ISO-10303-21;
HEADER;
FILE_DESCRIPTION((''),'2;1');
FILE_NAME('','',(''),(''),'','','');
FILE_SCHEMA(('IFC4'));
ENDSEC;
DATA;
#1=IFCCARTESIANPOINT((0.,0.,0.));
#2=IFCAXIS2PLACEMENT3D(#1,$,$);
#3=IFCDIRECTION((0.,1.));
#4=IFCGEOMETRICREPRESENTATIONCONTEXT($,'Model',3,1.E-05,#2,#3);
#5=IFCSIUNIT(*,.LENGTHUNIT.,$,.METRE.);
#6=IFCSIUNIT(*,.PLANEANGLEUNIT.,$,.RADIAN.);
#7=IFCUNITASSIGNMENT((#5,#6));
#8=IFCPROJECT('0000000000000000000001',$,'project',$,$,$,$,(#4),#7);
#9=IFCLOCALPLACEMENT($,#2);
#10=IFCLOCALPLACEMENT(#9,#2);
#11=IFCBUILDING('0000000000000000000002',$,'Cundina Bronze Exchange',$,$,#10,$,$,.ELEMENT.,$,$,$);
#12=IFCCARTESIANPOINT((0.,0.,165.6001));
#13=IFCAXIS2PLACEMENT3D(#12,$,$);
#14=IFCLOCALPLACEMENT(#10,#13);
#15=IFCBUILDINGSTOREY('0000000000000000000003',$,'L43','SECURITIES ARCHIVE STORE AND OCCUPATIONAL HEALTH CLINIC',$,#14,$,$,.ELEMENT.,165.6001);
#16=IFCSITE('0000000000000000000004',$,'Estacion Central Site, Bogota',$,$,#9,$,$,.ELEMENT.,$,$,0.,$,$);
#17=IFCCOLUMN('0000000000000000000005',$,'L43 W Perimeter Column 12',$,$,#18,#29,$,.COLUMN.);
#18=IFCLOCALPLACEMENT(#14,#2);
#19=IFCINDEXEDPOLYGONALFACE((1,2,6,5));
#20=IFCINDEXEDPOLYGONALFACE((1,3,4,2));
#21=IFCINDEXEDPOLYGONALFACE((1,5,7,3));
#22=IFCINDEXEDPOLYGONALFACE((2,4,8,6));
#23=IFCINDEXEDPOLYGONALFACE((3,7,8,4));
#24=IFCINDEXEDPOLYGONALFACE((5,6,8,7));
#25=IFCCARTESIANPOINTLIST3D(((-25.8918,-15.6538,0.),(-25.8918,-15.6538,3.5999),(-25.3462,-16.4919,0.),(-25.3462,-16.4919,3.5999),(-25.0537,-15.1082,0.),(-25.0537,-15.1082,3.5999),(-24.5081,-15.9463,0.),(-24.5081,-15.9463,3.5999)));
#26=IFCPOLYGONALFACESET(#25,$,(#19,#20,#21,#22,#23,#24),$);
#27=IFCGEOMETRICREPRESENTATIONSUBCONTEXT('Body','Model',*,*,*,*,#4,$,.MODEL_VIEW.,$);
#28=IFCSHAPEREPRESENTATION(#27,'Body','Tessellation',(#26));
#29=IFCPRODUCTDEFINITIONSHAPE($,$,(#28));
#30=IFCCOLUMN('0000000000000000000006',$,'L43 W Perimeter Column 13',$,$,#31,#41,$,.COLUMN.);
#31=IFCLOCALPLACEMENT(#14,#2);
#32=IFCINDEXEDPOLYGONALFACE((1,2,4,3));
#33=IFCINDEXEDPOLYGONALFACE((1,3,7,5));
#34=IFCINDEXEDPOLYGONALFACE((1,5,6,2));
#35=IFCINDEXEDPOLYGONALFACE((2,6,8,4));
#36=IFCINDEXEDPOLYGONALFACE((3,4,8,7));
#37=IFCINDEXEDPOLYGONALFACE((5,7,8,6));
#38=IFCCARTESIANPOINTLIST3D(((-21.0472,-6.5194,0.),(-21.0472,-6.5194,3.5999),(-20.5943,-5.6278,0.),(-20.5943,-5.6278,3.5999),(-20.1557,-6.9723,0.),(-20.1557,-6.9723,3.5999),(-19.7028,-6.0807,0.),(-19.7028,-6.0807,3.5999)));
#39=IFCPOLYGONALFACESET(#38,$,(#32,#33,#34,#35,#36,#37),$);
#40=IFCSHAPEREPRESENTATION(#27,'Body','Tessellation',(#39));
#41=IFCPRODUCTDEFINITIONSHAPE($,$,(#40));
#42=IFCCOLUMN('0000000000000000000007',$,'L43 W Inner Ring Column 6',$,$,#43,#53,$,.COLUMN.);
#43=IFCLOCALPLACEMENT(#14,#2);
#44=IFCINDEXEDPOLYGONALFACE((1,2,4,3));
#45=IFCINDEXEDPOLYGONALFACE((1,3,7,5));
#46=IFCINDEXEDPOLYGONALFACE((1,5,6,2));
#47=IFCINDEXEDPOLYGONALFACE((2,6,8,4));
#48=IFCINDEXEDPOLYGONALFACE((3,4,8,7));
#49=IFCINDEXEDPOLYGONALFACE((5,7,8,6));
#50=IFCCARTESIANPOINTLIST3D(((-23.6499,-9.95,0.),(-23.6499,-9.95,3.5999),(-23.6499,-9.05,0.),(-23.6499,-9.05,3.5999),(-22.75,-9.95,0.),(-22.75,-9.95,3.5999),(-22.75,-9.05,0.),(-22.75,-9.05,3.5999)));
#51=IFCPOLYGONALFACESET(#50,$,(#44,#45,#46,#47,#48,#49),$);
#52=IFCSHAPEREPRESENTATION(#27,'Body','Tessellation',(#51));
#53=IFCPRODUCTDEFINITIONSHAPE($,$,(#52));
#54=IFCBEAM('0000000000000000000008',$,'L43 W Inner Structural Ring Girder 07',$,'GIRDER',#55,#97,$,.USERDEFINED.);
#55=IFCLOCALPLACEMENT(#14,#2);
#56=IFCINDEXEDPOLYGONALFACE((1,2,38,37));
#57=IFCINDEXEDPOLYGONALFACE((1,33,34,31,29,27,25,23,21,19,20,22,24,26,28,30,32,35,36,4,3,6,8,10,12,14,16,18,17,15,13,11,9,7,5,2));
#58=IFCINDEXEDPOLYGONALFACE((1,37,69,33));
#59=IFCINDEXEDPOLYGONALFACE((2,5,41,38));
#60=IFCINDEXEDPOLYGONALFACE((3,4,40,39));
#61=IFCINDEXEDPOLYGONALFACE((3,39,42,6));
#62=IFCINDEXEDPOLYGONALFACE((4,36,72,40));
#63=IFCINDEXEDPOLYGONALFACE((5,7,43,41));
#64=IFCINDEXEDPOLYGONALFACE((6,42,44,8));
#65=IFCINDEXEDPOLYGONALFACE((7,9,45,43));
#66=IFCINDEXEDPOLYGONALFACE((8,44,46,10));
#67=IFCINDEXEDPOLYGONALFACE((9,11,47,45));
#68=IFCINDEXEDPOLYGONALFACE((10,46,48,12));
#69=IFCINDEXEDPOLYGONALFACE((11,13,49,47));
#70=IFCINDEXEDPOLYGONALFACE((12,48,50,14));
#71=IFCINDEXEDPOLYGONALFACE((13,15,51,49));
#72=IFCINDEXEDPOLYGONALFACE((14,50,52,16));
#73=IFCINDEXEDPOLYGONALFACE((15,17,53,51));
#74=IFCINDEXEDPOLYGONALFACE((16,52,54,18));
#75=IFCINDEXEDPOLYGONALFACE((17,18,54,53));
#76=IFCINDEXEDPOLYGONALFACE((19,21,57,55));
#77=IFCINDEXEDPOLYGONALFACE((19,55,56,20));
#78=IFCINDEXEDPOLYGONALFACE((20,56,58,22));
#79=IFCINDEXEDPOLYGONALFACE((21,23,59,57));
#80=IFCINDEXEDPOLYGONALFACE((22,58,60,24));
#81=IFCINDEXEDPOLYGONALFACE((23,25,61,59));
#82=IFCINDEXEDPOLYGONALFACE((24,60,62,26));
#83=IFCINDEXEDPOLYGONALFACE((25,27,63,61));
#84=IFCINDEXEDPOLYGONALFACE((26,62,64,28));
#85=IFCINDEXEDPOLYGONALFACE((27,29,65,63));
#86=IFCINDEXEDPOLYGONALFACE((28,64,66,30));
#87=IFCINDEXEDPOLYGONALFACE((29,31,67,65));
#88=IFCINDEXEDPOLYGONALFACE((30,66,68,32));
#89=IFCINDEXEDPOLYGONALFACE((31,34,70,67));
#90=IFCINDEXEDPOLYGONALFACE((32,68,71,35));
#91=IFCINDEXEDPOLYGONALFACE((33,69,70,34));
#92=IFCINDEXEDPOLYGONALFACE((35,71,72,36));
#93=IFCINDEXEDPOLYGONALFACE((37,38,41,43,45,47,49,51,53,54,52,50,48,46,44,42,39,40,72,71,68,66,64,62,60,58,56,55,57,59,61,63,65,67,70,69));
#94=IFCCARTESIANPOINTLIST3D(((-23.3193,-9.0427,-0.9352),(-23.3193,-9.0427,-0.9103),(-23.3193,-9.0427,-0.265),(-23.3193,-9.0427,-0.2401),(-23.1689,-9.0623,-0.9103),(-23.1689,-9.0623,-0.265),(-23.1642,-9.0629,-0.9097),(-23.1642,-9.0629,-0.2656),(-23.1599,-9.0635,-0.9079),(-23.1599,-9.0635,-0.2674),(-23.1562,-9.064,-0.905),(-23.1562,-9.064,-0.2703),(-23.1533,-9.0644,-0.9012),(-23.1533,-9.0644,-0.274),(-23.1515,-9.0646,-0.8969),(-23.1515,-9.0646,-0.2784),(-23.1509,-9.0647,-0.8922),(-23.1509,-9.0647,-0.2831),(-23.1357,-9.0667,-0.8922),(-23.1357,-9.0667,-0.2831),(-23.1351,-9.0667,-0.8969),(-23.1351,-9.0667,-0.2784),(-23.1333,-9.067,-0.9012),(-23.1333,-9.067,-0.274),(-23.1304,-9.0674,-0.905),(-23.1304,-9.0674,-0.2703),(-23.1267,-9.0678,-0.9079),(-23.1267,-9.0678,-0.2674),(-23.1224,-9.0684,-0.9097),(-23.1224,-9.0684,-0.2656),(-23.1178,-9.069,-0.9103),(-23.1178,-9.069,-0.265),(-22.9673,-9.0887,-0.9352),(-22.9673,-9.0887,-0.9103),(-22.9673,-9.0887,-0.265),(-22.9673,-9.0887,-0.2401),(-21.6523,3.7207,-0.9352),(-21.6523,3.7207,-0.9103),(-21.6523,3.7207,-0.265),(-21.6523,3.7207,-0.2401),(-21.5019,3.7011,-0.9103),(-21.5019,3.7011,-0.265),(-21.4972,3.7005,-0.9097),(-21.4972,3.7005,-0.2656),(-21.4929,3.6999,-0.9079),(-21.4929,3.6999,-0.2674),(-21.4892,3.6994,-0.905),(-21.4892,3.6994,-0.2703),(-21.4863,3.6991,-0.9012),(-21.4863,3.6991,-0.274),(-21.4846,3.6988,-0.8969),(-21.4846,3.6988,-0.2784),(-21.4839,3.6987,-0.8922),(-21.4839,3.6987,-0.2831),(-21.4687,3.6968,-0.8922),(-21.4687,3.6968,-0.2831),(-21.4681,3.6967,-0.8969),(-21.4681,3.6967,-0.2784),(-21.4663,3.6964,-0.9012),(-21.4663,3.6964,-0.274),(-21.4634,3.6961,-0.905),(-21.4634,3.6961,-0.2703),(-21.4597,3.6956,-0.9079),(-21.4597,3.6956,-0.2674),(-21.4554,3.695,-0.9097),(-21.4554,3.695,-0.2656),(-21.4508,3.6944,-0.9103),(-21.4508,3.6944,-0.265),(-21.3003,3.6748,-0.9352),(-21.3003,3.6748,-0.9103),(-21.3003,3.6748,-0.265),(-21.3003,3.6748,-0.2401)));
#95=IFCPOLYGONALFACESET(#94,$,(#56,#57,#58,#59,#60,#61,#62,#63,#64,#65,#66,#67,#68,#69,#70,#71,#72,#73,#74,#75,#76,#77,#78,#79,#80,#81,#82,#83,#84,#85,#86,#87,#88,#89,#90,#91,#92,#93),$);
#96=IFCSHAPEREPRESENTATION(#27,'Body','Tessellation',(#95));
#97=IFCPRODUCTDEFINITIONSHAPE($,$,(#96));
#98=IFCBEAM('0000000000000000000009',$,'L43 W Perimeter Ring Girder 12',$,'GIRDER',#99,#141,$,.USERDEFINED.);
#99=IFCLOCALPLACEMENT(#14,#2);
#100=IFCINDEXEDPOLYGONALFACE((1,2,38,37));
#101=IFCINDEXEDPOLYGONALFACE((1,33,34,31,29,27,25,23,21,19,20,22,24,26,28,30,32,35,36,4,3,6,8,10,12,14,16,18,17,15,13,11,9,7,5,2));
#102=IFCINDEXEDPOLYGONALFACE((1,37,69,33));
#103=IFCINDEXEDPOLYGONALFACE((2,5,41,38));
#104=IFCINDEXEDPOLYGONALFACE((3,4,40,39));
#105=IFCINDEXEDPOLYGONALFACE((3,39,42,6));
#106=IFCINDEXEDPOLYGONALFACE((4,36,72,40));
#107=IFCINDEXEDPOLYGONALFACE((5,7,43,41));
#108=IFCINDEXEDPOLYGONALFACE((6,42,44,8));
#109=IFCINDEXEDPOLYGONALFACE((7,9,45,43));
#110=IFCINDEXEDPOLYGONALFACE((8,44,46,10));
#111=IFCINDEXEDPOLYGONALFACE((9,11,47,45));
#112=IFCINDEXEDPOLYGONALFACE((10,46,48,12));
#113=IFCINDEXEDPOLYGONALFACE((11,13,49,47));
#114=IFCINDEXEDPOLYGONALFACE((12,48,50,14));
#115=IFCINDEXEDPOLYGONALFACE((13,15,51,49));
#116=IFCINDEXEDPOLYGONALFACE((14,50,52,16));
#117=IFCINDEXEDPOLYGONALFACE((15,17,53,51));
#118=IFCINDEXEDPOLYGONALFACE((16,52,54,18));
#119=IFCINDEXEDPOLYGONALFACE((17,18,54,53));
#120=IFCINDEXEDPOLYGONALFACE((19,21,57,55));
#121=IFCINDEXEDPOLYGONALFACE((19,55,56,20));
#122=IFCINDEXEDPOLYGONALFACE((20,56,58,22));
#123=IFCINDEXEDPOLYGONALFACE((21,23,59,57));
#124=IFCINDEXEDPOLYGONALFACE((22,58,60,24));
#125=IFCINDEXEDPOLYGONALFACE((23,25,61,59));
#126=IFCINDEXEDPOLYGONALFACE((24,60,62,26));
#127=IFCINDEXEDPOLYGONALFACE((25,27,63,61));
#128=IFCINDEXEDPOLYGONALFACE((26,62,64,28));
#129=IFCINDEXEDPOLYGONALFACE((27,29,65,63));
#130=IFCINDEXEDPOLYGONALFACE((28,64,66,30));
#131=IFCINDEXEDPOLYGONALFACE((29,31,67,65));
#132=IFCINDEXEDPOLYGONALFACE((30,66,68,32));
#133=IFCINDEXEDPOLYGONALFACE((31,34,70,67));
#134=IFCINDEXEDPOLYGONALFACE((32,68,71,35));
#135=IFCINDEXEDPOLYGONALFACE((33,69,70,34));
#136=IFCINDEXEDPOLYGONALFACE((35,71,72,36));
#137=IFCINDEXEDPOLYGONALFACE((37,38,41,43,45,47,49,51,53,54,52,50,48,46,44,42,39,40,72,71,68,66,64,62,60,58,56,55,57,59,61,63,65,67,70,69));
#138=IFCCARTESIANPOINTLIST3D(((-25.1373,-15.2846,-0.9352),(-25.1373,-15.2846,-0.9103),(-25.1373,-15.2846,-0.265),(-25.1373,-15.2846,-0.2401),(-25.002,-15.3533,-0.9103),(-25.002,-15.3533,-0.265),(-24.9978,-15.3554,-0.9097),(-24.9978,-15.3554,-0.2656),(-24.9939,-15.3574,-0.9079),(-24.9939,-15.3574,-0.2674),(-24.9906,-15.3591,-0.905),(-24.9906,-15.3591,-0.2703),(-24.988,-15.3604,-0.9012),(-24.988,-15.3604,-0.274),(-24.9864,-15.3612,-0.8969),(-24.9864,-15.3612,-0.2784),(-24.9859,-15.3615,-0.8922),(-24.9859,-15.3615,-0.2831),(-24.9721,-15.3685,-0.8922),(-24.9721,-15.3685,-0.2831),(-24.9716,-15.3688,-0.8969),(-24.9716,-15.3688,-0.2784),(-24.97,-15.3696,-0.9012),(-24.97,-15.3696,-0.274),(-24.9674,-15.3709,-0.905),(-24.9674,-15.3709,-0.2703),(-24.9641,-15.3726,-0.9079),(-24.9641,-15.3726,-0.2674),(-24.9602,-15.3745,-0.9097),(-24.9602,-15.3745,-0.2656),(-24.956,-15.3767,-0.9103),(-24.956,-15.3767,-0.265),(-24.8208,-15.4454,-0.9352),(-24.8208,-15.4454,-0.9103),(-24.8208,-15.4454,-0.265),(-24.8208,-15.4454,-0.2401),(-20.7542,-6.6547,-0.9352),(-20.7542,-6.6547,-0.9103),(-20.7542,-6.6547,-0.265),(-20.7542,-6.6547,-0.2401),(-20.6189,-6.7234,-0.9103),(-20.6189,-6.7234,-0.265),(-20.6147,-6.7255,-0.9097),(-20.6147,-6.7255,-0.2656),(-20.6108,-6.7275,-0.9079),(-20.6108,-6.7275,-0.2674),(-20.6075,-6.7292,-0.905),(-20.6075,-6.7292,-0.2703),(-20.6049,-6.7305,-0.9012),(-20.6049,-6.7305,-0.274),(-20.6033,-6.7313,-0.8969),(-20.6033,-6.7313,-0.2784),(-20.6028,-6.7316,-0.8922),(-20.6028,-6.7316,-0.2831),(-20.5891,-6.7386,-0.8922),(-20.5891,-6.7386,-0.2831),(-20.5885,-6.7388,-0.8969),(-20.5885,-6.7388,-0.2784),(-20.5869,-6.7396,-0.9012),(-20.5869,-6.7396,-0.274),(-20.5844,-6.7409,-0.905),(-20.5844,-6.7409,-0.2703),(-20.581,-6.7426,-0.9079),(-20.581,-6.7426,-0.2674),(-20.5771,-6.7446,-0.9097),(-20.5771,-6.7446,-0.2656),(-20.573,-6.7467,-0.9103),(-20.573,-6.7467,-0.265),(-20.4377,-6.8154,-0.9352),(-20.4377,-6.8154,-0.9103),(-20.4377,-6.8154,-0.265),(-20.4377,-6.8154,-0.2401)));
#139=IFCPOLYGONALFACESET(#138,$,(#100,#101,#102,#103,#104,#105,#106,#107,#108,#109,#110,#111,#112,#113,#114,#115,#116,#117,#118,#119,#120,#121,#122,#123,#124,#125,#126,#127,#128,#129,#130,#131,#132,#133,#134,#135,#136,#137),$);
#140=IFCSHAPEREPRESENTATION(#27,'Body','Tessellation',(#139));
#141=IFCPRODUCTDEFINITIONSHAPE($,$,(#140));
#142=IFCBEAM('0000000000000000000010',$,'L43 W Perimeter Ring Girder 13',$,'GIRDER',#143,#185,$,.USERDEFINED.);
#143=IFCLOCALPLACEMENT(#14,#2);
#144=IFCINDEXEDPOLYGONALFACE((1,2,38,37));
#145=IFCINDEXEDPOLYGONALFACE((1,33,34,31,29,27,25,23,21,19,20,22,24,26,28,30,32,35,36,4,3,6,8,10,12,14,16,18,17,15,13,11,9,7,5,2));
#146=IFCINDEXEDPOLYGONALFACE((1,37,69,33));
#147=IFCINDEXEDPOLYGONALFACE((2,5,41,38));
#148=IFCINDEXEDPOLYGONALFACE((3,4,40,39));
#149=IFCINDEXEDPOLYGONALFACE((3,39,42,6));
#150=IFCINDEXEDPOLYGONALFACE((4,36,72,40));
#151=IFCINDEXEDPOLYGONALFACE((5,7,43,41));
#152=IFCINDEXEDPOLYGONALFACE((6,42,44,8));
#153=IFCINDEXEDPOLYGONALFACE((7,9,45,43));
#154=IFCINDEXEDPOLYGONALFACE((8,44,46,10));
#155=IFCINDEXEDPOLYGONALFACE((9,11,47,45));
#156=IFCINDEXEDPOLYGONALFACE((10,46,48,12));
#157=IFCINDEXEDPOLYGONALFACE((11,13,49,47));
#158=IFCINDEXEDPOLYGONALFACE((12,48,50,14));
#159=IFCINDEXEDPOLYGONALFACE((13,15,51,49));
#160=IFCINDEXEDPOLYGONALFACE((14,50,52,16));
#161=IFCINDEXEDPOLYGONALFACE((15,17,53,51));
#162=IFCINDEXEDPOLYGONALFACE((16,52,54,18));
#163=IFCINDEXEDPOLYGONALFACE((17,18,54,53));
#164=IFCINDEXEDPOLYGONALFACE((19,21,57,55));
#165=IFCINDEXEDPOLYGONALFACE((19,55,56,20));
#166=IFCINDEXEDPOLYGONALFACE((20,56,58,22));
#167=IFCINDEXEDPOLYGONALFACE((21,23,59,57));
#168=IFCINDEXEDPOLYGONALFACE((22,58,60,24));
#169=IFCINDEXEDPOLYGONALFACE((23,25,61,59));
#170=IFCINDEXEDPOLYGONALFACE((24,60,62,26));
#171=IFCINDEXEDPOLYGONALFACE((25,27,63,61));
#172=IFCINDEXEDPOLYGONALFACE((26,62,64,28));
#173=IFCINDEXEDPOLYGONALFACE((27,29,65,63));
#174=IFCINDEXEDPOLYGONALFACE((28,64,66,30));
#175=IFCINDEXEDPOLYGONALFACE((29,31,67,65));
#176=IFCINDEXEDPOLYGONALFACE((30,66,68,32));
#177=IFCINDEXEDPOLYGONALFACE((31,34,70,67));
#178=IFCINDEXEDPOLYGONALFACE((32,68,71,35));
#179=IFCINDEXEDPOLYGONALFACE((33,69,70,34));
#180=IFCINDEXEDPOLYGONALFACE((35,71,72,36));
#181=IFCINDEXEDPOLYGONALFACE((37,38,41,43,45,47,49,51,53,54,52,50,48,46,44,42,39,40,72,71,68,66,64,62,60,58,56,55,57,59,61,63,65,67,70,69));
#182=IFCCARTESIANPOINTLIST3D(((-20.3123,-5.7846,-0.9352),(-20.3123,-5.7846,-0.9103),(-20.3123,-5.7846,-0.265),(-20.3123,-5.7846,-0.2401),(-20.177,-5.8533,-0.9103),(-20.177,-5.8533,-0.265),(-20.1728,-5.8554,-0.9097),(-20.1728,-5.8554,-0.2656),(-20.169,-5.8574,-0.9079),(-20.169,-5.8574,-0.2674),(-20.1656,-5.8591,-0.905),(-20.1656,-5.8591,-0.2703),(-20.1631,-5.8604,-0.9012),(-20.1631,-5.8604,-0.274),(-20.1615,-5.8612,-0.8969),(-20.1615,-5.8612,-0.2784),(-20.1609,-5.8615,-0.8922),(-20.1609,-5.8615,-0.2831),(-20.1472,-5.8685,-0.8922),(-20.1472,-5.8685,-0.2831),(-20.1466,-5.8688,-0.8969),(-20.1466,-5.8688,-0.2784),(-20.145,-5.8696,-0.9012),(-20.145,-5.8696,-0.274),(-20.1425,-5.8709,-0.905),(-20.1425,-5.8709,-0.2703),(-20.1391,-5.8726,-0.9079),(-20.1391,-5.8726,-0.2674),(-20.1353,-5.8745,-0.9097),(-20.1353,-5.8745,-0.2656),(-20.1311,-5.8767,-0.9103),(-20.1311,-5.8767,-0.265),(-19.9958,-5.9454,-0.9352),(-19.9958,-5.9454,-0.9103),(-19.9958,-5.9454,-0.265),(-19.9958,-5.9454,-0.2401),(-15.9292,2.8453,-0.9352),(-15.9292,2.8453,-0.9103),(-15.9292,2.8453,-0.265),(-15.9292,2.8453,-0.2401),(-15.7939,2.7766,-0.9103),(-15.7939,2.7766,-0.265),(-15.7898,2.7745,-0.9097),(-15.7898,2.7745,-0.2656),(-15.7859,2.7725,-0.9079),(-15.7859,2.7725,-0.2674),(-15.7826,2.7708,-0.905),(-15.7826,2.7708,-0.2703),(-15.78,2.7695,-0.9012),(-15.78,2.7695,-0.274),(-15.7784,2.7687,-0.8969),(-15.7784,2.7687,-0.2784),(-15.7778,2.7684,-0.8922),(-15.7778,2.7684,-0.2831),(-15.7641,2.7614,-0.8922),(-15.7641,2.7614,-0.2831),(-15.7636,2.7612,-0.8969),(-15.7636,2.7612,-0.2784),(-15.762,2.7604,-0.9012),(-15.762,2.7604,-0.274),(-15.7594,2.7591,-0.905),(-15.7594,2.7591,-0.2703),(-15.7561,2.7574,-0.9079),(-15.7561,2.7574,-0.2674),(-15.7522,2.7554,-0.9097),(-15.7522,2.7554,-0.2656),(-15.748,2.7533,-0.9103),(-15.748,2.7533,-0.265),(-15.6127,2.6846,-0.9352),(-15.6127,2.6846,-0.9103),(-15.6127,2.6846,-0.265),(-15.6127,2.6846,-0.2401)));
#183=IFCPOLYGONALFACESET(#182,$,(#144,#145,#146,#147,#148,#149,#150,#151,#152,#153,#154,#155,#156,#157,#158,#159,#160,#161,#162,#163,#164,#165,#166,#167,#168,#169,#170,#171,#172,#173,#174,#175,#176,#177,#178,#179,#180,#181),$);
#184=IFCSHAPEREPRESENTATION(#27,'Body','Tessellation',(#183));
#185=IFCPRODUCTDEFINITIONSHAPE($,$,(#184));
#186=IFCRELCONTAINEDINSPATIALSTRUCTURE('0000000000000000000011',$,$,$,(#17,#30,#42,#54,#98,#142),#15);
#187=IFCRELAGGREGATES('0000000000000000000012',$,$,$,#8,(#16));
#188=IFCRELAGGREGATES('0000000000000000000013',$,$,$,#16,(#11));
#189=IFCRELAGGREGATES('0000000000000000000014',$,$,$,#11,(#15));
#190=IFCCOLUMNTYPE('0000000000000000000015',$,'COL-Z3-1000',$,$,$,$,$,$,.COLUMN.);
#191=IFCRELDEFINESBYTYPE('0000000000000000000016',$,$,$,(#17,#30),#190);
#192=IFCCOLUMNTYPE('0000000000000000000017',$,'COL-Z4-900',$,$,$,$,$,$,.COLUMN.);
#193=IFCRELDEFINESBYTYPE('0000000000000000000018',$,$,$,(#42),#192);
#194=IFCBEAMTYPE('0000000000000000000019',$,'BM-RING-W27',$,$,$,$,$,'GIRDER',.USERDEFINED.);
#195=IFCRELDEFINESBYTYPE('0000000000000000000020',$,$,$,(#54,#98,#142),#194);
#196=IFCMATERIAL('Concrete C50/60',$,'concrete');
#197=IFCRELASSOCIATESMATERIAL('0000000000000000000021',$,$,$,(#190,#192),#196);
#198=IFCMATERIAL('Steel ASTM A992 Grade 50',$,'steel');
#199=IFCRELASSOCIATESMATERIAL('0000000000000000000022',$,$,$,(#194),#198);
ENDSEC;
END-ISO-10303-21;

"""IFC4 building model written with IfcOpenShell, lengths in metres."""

from ifc_helpers import new_model, si_unit, direction, frame, origin, origin_2d, place, context, subcontext, project, spatial, rectangle, i_section, extrude, material, material_profile, profile_set, type_object, element, save


model = new_model("IFC4")

# Units and contexts
model_context = context("Model", 3, precision=1e-05, world=origin(), true_north=direction((0.0, 1.0)))
body_context = subcontext(model_context, "Body", "Model", "MODEL_VIEW")
ifc_project = project(units=[si_unit("LENGTHUNIT", "METRE"), si_unit("PLANEANGLEUNIT", "RADIAN")], contexts=[model_context])

# Site, building, storey
site_placement = place(None, origin())
site = spatial("IfcSite", under=ifc_project, at=site_placement, Name="Estacion Central Site, Bogota", CompositionType="ELEMENT", RefElevation=0.0)
building_placement = place(site_placement, origin())
building = spatial("IfcBuilding", under=site, at=building_placement, Name="Cundina Bronze Exchange", CompositionType="ELEMENT")
storey_placement = place(building_placement, frame((0.0, 0.0, 165.6001)))
storey = spatial("IfcBuildingStorey", under=building, at=storey_placement, Name="L43", Description="SECURITIES ARCHIVE STORE AND OCCUPATIONAL HEALTH CLINIC", CompositionType="ELEMENT", Elevation=165.6001)

# Columns
ifc_material_1 = material(Name="Concrete C50/60", Category="concrete")
ifc_material_profile_1 = material_profile(ifc_material_1, rectangle(XDim=1.0, YDim=1.0, at=origin_2d()), Name="RC1000X1000", Category="concrete")
ifc_profile_set_1 = profile_set([ifc_material_profile_1], Name="Concrete C50/60")
column_type_1 = type_object("IfcColumnType", Name="COL-Z3-1000", PredefinedType="COLUMN", material=ifc_profile_set_1)
for number, where, z_axis, x_axis, name in (
    (1, (-25.2, -15.8, 0.0), (0.0, 0.0, 1.0), (0.8381, 0.545517, 0.0), "L43 W Perimeter Column 12"),
    (2, (-20.375, -6.3, 0.0), (0.0, 0.0, 1.0), (0.452902, 0.891561, 0.0), "L43 W Perimeter Column 13"),
):
    element("IfcColumn", number, at=place(storey_placement, frame(where, z_axis=z_axis, x_axis=x_axis)), inside=storey, type_object=column_type_1, Name=name, PredefinedType="COLUMN", context=body_context, shape_type="SweptSolid", body=[
        extrude(rectangle(XDim=1.0, YDim=1.0, at=origin_2d()), origin(), (0.0, 0.0, 1.0), 3.5999),
    ])
ifc_material_profile_2 = material_profile(ifc_material_1, rectangle(XDim=0.8999, YDim=0.8999, at=origin_2d()), Name="RC900X900", Category="concrete")
ifc_profile_set_2 = profile_set([ifc_material_profile_2], Name="Concrete C50/60")
column_type_2 = type_object("IfcColumnType", Name="COL-Z4-900", PredefinedType="COLUMN", material=ifc_profile_set_2)
column_placement = place(storey_placement, frame((-23.2, -9.5, 0.0), z_axis=(0.0, 0.0, 1.0), x_axis=(1.0, 0.0, 0.0)))
element("IfcColumn", 3, at=column_placement, inside=storey, type_object=column_type_2, Name="L43 W Inner Ring Column 6", PredefinedType="COLUMN", context=body_context, shape_type="SweptSolid", body=[
    extrude(rectangle(XDim=0.8999, YDim=0.8999, at=origin_2d()), origin(), (0.0, 0.0, 1.0), 3.5999),
])

# Beams
ifc_material_2 = material(Name="Steel ASTM A992 Grade 50", Category="steel")
ifc_material_profile_3 = material_profile(ifc_material_2, i_section(OverallWidth=0.355, OverallDepth=0.6951, WebThickness=0.0154, FlangeThickness=0.0249, FilletRadius=0.0181, at=origin_2d()), Name="W27X146", Category="steel")
ifc_profile_set_3 = profile_set([ifc_material_profile_3], Name="Steel ASTM A992 Grade 50")
beam_type = type_object("IfcBeamType", Name="BM-RING-W27", ElementType="GIRDER", PredefinedType="USERDEFINED", material=ifc_profile_set_3)
beam_placement = place(storey_placement, frame((-23.1433, -9.0657, -0.5876), z_axis=(0.129507, 0.991579, 0.0), x_axis=(-0.991579, 0.129507, 0.0)))
element("IfcBeam", 4, at=beam_placement, inside=storey, type_object=beam_type, Name="L43 W Inner Structural Ring Girder 07", ObjectType="GIRDER", PredefinedType="USERDEFINED", context=body_context, shape_type="SweptSolid", body=[
    extrude(i_section(OverallWidth=0.355, OverallDepth=0.6951, WebThickness=0.0154, FlangeThickness=0.0249, FilletRadius=0.0181, at=origin_2d()), origin(), (0.0, 0.0, 1.0), 12.8718),
])
for number, where, z_axis, x_axis, name in (
    (5, (-24.979, -15.365, -0.5876), (0.452835, 0.891595, 0.0), (-0.891595, 0.452835, 0.0), "L43 W Perimeter Ring Girder 12"),
    (6, (-20.1541, -5.865, -0.5876), (0.452835, 0.891595, 0.0), (-0.891595, 0.452835, 0.0), "L43 W Perimeter Ring Girder 13"),
):
    element("IfcBeam", number, at=place(storey_placement, frame(where, z_axis=z_axis, x_axis=x_axis)), inside=storey, type_object=beam_type, Name=name, ObjectType="GIRDER", PredefinedType="USERDEFINED", context=body_context, shape_type="SweptSolid", body=[
        extrude(i_section(OverallWidth=0.355, OverallDepth=0.6951, WebThickness=0.0154, FlangeThickness=0.0249, FilletRadius=0.0181, at=origin_2d()), origin(), (0.0, 0.0, 1.0), 9.6792),
    ])

save(model, "model.ifc")
